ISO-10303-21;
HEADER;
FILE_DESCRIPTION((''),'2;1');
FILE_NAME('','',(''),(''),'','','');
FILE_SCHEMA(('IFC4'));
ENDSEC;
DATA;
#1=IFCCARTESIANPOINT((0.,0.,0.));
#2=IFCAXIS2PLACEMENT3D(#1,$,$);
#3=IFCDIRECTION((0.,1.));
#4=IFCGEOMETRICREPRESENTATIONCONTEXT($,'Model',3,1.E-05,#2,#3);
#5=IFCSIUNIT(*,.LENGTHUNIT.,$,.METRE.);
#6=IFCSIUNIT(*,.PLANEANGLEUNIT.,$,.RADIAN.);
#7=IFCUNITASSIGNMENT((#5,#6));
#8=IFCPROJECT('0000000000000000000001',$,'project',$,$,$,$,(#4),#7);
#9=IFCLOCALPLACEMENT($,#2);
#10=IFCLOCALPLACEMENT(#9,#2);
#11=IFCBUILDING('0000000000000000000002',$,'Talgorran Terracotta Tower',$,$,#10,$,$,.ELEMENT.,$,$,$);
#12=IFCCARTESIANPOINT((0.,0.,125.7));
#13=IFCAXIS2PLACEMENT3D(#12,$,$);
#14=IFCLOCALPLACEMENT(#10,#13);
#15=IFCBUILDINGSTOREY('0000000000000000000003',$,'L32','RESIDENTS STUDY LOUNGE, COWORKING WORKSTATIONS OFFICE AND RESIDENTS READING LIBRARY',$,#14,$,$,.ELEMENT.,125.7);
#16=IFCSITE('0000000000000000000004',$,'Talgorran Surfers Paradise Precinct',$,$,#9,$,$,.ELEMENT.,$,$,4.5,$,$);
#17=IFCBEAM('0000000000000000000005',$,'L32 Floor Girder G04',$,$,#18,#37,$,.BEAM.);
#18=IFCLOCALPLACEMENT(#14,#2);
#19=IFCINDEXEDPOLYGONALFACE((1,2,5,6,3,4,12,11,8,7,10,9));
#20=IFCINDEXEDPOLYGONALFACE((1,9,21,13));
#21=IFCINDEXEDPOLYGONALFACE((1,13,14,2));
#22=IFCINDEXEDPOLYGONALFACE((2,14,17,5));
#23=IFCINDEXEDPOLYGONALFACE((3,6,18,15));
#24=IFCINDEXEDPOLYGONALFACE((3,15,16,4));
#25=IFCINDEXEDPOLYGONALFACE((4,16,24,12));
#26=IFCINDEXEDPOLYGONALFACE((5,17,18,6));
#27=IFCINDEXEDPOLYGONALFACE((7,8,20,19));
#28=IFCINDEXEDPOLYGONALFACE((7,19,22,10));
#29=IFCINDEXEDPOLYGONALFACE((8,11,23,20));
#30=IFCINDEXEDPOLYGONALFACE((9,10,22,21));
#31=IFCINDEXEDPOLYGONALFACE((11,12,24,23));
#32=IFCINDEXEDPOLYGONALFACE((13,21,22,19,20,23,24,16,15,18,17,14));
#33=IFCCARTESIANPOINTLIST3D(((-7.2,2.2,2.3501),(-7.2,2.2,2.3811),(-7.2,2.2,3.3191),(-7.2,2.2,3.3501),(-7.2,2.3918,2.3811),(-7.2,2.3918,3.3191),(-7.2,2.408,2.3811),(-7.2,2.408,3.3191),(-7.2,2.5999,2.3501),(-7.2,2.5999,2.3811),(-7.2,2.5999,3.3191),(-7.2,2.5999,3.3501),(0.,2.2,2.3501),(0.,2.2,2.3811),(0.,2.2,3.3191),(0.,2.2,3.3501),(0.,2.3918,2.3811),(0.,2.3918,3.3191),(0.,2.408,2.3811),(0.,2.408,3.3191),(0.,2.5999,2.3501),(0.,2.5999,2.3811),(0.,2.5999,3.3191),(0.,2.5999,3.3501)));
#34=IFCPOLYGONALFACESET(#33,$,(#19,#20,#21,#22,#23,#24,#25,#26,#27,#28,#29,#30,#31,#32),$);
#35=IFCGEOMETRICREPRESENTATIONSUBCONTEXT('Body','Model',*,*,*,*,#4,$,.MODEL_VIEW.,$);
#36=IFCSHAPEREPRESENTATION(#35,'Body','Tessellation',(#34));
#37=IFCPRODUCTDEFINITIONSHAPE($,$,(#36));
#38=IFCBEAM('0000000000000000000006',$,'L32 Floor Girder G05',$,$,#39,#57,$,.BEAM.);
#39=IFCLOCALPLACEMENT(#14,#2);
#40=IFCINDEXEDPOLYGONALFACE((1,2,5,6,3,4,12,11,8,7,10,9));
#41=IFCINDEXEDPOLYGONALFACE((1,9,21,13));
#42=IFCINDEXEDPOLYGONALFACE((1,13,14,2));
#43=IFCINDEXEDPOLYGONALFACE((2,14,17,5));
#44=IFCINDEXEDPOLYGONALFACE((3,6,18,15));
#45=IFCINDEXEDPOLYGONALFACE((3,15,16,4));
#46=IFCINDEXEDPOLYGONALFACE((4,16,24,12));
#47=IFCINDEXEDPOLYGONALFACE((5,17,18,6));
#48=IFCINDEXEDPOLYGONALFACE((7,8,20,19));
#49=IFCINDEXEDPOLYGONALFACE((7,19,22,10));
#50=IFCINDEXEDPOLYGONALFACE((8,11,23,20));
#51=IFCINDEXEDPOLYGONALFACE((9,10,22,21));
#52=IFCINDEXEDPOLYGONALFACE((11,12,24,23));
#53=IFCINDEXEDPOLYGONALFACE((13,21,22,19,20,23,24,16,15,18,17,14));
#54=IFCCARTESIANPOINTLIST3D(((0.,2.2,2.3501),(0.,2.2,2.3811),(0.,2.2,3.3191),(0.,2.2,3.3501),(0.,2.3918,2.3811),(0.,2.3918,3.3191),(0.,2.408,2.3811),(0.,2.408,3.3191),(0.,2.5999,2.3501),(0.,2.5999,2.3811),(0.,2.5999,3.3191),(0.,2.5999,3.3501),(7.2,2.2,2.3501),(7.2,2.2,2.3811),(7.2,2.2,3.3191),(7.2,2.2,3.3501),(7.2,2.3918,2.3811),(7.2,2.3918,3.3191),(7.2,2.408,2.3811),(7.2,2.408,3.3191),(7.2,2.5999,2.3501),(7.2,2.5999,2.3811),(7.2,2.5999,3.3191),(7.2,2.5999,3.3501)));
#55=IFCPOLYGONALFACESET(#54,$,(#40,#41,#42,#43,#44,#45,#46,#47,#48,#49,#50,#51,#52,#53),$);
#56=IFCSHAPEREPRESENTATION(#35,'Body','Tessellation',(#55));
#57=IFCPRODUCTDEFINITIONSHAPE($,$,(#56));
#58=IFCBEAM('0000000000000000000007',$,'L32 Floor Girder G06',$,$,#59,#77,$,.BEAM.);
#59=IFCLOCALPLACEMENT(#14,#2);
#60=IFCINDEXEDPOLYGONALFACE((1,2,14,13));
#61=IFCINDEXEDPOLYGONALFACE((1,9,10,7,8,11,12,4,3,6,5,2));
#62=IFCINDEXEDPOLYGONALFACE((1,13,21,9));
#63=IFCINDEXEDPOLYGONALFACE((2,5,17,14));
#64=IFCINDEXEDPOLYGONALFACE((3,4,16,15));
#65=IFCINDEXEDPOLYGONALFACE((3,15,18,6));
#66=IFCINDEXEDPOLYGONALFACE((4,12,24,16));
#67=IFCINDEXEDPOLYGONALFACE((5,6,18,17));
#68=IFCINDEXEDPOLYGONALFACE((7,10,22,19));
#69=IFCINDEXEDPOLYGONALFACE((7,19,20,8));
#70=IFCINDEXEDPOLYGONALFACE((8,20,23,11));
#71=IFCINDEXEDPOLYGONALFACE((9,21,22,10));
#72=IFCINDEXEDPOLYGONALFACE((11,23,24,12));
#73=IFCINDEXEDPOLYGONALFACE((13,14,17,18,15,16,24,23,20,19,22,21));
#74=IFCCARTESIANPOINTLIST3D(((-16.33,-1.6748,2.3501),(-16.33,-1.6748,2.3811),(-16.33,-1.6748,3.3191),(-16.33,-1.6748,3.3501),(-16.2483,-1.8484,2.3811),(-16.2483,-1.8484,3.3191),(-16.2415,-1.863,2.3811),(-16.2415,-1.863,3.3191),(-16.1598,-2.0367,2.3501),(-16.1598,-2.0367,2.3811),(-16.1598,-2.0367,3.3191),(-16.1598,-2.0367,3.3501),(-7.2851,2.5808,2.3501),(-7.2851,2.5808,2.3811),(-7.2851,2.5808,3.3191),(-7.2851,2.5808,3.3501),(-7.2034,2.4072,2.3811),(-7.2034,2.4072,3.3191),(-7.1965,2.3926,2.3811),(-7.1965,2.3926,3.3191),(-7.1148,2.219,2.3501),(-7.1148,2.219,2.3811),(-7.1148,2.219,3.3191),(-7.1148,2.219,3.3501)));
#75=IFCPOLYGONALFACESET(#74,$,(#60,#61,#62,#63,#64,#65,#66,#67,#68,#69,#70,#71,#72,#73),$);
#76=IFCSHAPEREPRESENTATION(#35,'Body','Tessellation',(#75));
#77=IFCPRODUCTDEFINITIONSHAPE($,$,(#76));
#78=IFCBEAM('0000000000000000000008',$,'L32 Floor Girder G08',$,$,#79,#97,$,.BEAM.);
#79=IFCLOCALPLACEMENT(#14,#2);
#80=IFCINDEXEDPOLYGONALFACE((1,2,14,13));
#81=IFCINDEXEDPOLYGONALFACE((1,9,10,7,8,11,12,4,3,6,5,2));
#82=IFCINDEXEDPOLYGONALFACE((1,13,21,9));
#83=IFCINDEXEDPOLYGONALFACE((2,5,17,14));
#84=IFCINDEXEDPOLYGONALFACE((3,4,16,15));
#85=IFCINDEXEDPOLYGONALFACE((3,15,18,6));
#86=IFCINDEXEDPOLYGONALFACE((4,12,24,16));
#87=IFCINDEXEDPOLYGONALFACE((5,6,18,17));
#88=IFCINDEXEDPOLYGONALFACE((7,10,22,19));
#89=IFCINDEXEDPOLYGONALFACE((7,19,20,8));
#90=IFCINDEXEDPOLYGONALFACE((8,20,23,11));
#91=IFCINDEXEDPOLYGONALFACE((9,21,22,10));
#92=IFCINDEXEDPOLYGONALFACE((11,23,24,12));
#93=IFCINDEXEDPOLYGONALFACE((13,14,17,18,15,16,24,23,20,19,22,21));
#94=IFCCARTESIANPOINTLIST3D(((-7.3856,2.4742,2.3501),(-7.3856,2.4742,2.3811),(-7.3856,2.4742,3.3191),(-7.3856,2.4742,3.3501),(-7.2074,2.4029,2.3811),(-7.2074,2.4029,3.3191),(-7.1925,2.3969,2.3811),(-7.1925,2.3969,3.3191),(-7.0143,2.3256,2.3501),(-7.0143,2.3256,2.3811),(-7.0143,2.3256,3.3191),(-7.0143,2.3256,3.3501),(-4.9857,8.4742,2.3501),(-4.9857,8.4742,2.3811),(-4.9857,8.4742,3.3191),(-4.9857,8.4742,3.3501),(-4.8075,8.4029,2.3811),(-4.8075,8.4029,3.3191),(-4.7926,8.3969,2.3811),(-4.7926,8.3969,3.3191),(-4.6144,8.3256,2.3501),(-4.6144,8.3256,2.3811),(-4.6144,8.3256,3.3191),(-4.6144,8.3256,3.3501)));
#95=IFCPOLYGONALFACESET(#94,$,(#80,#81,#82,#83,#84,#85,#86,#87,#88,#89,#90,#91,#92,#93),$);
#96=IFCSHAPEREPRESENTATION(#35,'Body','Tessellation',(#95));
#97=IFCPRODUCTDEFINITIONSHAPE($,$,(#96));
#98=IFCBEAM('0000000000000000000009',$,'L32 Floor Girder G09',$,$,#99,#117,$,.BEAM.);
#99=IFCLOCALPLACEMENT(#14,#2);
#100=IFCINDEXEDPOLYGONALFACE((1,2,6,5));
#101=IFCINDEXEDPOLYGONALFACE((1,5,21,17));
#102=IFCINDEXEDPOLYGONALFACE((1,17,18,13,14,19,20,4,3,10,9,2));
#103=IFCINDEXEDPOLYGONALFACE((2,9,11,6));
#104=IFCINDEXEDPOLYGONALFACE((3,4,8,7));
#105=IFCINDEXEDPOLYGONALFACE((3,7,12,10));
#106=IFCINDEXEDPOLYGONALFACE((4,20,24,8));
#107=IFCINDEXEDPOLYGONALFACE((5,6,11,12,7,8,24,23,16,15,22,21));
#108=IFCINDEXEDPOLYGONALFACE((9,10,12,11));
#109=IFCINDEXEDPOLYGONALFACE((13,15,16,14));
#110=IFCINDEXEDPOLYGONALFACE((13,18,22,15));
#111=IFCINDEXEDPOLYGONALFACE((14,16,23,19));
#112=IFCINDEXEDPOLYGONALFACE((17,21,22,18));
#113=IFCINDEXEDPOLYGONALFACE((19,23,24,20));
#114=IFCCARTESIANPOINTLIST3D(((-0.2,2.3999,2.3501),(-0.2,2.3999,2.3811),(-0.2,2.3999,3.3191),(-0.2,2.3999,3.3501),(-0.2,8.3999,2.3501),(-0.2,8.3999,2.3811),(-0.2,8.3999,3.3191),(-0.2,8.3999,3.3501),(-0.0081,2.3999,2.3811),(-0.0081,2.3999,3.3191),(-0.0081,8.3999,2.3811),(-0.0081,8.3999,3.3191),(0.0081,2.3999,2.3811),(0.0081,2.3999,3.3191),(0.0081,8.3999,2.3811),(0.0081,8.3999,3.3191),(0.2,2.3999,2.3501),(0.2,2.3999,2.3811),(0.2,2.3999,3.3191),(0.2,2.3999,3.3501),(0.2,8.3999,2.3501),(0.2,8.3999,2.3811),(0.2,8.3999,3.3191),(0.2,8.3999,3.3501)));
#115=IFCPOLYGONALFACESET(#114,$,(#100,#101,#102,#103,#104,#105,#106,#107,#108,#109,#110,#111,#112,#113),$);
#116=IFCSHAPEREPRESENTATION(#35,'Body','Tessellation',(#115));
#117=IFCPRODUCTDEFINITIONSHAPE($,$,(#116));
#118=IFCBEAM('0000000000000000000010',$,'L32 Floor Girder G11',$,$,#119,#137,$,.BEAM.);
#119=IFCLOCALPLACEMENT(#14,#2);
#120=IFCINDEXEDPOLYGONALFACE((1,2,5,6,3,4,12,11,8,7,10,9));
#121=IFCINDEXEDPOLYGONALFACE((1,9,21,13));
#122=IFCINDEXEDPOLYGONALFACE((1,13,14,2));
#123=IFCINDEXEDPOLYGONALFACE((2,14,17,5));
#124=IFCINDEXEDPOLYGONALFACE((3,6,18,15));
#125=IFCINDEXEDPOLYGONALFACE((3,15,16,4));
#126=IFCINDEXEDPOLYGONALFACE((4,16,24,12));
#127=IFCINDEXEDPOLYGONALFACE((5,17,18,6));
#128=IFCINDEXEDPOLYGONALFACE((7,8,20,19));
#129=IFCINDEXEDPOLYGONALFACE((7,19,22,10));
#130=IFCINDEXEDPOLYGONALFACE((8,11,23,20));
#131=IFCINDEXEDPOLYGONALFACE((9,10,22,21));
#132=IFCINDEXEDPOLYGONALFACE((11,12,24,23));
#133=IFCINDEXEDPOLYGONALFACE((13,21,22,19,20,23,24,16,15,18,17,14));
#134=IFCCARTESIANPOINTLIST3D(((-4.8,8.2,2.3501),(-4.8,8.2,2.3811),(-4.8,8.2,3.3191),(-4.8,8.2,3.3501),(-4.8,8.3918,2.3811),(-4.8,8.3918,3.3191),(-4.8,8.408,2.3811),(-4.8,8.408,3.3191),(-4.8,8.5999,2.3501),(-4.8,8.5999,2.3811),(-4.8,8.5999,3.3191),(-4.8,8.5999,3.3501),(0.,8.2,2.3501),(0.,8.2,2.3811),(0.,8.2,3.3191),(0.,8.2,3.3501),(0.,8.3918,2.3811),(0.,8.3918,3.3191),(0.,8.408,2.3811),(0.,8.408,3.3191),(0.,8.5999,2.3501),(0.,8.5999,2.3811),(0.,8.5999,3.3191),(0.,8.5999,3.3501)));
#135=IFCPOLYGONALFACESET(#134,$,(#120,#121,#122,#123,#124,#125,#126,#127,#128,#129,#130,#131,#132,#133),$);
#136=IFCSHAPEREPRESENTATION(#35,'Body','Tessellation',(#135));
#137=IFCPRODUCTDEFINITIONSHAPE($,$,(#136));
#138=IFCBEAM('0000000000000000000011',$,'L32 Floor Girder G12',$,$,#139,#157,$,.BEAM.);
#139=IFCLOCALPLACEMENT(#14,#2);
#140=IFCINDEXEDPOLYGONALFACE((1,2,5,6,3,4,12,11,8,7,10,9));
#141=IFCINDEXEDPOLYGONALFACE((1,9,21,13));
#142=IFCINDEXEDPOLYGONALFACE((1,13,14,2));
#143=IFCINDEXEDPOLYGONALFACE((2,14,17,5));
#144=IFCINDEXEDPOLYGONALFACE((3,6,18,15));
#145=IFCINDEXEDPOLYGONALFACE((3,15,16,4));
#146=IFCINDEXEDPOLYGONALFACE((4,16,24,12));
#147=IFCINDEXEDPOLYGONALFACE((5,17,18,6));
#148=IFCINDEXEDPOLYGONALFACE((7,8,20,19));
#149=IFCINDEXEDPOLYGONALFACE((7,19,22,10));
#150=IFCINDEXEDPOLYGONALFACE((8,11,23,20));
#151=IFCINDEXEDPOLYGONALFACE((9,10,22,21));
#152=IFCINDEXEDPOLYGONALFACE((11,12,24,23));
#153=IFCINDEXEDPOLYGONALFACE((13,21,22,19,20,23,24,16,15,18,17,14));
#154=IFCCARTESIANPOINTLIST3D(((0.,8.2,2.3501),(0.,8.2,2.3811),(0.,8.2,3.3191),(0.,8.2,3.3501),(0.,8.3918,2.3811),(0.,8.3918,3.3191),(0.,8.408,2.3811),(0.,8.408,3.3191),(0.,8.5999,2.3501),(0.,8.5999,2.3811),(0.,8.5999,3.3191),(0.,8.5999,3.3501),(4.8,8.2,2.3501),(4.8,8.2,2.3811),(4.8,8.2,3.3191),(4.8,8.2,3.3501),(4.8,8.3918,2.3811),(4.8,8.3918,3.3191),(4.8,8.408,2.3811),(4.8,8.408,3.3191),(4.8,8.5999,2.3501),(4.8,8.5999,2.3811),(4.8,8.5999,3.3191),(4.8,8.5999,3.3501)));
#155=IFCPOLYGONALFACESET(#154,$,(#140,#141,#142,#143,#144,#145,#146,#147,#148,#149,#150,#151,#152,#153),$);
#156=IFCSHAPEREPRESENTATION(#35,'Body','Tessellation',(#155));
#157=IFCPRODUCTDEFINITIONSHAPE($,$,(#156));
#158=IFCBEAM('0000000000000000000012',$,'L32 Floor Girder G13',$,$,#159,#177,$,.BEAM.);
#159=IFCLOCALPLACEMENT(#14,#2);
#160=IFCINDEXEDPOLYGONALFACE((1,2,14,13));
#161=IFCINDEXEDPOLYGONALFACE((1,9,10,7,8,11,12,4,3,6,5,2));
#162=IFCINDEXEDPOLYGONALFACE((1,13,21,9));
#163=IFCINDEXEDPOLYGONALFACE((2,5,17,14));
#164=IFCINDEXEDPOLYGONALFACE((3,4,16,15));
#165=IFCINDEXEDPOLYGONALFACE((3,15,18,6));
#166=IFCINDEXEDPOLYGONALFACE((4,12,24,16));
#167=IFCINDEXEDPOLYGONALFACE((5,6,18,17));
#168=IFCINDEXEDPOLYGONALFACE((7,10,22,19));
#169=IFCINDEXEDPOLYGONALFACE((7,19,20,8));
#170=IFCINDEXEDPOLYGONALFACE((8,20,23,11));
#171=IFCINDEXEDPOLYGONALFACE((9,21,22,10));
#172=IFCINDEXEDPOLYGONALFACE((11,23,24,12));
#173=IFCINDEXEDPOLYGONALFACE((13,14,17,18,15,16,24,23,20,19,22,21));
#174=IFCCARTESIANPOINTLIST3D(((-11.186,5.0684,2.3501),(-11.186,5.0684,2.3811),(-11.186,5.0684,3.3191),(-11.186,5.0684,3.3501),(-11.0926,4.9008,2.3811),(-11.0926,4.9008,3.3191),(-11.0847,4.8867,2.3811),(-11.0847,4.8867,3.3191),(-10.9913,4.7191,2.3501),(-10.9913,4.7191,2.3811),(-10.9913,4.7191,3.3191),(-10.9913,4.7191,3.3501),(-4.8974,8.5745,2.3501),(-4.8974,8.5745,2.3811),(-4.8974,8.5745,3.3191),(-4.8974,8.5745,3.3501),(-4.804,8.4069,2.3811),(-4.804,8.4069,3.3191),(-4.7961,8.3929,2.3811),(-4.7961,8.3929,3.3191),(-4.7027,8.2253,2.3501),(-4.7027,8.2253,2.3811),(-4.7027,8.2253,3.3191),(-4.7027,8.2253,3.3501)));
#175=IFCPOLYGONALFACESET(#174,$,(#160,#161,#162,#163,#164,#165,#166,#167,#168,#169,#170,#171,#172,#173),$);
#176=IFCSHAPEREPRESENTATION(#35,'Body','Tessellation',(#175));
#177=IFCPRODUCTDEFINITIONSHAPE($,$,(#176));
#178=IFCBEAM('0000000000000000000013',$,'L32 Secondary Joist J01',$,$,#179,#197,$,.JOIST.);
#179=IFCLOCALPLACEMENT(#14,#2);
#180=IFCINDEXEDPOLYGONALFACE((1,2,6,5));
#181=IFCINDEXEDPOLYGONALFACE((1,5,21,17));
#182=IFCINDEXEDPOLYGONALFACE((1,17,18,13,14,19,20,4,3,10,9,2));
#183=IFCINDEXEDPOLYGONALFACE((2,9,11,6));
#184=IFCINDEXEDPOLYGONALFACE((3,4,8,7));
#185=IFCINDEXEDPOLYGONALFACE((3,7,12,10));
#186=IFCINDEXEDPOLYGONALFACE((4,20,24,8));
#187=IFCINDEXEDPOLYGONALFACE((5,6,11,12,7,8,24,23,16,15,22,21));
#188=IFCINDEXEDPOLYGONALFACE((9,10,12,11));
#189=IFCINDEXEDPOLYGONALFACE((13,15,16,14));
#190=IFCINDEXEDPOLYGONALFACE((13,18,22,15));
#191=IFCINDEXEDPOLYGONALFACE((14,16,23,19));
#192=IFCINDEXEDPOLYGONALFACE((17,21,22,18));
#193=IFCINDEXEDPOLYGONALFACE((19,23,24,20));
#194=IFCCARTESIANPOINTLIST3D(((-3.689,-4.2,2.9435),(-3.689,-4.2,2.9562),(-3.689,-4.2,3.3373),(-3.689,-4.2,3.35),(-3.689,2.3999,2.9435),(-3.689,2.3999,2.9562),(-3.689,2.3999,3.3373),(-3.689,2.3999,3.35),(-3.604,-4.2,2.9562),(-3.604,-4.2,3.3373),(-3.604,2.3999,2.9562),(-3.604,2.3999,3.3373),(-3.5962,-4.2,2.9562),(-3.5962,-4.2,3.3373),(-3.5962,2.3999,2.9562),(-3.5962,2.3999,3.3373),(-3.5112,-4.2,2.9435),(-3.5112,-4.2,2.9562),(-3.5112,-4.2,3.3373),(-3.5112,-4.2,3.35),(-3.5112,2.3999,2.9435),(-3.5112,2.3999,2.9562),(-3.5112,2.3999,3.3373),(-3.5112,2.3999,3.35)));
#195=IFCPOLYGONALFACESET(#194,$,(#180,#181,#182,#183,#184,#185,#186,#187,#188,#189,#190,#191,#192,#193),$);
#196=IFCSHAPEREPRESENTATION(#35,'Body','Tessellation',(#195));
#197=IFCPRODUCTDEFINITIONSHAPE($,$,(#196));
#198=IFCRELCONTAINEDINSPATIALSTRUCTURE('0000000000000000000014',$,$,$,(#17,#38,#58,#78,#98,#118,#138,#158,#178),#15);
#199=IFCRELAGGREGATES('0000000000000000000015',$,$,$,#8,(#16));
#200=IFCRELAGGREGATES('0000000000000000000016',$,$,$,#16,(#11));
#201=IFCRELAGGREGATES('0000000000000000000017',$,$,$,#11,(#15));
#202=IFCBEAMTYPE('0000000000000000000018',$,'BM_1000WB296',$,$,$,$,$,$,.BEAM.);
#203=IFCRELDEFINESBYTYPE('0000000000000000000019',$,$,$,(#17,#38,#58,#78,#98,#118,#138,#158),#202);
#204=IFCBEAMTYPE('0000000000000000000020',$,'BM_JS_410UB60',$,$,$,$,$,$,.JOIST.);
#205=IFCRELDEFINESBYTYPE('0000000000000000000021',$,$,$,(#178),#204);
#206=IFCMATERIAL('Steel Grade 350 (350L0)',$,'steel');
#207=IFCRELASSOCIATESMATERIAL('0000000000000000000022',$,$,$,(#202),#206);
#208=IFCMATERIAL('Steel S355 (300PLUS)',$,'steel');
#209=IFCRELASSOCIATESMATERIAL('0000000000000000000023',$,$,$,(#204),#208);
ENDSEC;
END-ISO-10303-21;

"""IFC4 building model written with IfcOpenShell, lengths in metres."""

from ifc_helpers import new_model, si_unit, direction, frame, origin, origin_2d, place, context, subcontext, project, spatial, i_section, extrude, material, material_profile, profile_set, type_object, element, save


model = new_model("IFC4")

# Units and contexts
model_context = context("Model", 3, precision=1e-05, world=origin(), true_north=direction((0.0, 1.0)))
body_context = subcontext(model_context, "Body", "Model", "MODEL_VIEW")
ifc_project = project(units=[si_unit("LENGTHUNIT", "METRE"), si_unit("PLANEANGLEUNIT", "RADIAN")], contexts=[model_context])

# Site, building, storey
site_placement = place(None, origin())
site = spatial("IfcSite", under=ifc_project, at=site_placement, Name="Talgorran Surfers Paradise Precinct", CompositionType="ELEMENT", RefElevation=4.5)
building_placement = place(site_placement, origin())
building = spatial("IfcBuilding", under=site, at=building_placement, Name="Talgorran Terracotta Tower", CompositionType="ELEMENT")
storey_placement = place(building_placement, frame((0.0, 0.0, 125.7)))
storey = spatial("IfcBuildingStorey", under=building, at=storey_placement, Name="L32", Description="RESIDENTS STUDY LOUNGE, COWORKING WORKSTATIONS OFFICE AND RESIDENTS READING LIBRARY", CompositionType="ELEMENT", Elevation=125.7)

# Shared definitions
ifc_material_1 = material(Name="Steel S355 (300PLUS)", Category="steel")
ifc_material_2 = material(Name="Steel Grade 350 (350L0)", Category="steel")

# Beams
ifc_material_profile_1 = material_profile(ifc_material_2, i_section(OverallWidth=0.3999, OverallDepth=1.0, WebThickness=0.0161, FlangeThickness=0.031, at=origin_2d()), Name="1000WB296")
ifc_profile_set_1 = profile_set([ifc_material_profile_1], Name="Steel Grade 350 (350L0)")
beam_type_1 = type_object("IfcBeamType", Name="BM_1000WB296", PredefinedType="BEAM", material=ifc_profile_set_1)
for number, where, z_axis, x_axis, name in (
    (1, (-7.2, 2.3999, 2.8501), (1.0, 0.0, 0.0), (0.0, 1.0, 0.0), "L32 Floor Girder G04"),
    (2, (0.0, 2.3999, 2.8501), (1.0, 0.0, 0.0), (0.0, 1.0, 0.0), "L32 Floor Girder G05"),
):
    element("IfcBeam", number, at=place(storey_placement, frame(where, z_axis=z_axis, x_axis=x_axis)), inside=storey, type_object=beam_type_1, Name=name, PredefinedType="BEAM", context=body_context, shape_type="SweptSolid", body=[
        extrude(i_section(OverallWidth=0.3999, OverallDepth=1.0, WebThickness=0.0161, FlangeThickness=0.031, at=origin_2d()), origin(), (0.0, 0.0, 1.0), 7.2),
    ])
beam_1_placement = place(storey_placement, frame((-7.2, 2.3999, 2.8501), z_axis=(-0.90485, -0.42573, 0.0), x_axis=(0.42573, -0.90485, 0.0)))
element("IfcBeam", 3, at=beam_1_placement, inside=storey, type_object=beam_type_1, Name="L32 Floor Girder G06", PredefinedType="BEAM", context=body_context, shape_type="SweptSolid", body=[
    extrude(i_section(OverallWidth=0.3999, OverallDepth=1.0, WebThickness=0.0161, FlangeThickness=0.031, at=origin_2d()), origin(), (0.0, 0.0, 1.0), 9.9961),
])
beam_2_placement = place(storey_placement, frame((-7.2, 2.3999, 2.8501), z_axis=(0.371378, 0.928482, 0.0), x_axis=(-0.928482, 0.371378, 0.0)))
element("IfcBeam", 4, at=beam_2_placement, inside=storey, type_object=beam_type_1, Name="L32 Floor Girder G08", PredefinedType="BEAM", context=body_context, shape_type="SweptSolid", body=[
    extrude(i_section(OverallWidth=0.3999, OverallDepth=1.0, WebThickness=0.0161, FlangeThickness=0.031, at=origin_2d()), origin(), (0.0, 0.0, 1.0), 6.4622),
])
beam_3_placement = place(storey_placement, frame((0.0, 2.3999, 2.8501), z_axis=(0.0, 1.0, 0.0), x_axis=(-1.0, 0.0, 0.0)))
element("IfcBeam", 5, at=beam_3_placement, inside=storey, type_object=beam_type_1, Name="L32 Floor Girder G09", PredefinedType="BEAM", context=body_context, shape_type="SweptSolid", body=[
    extrude(i_section(OverallWidth=0.3999, OverallDepth=1.0, WebThickness=0.0161, FlangeThickness=0.031, at=origin_2d()), origin(), (0.0, 0.0, 1.0), 6.0),
])
for number, where, z_axis, x_axis, name in (
    (6, (-4.8, 8.3999, 2.8501), (1.0, 0.0, 0.0), (0.0, 1.0, 0.0), "L32 Floor Girder G11"),
    (7, (0.0, 8.3999, 2.8501), (1.0, 0.0, 0.0), (0.0, 1.0, 0.0), "L32 Floor Girder G12"),
):
    element("IfcBeam", number, at=place(storey_placement, frame(where, z_axis=z_axis, x_axis=x_axis)), inside=storey, type_object=beam_type_1, Name=name, PredefinedType="BEAM", context=body_context, shape_type="SweptSolid", body=[
        extrude(i_section(OverallWidth=0.3999, OverallDepth=1.0, WebThickness=0.0161, FlangeThickness=0.031, at=origin_2d()), origin(), (0.0, 0.0, 1.0), 4.8),
    ])
beam_4_placement = place(storey_placement, frame((-4.8, 8.3999, 2.8501), z_axis=(-0.873422, -0.486964, 0.0), x_axis=(0.486964, -0.873422, 0.0)))
element("IfcBeam", 8, at=beam_4_placement, inside=storey, type_object=beam_type_1, Name="L32 Floor Girder G13", PredefinedType="BEAM", context=body_context, shape_type="SweptSolid", body=[
    extrude(i_section(OverallWidth=0.3999, OverallDepth=1.0, WebThickness=0.0161, FlangeThickness=0.031, at=origin_2d()), origin(), (0.0, 0.0, 1.0), 7.2),
])
ifc_material_profile_2 = material_profile(ifc_material_1, i_section(OverallWidth=0.1777, OverallDepth=0.4065, WebThickness=0.0078, FlangeThickness=0.0127, at=origin_2d()), Name="410UB59.7")
ifc_profile_set_2 = profile_set([ifc_material_profile_2], Name="Steel S355 (300PLUS)")
beam_type_2 = type_object("IfcBeamType", Name="BM_JS_410UB60", PredefinedType="JOIST", material=ifc_profile_set_2)
beam_5_placement = place(storey_placement, frame((-3.6001, -4.2, 3.1467), z_axis=(0.0, 1.0, 0.0), x_axis=(-1.0, 0.0, 0.0)))
element("IfcBeam", 9, at=beam_5_placement, inside=storey, type_object=beam_type_2, Name="L32 Secondary Joist J01", PredefinedType="JOIST", context=body_context, shape_type="SweptSolid", body=[
    extrude(i_section(OverallWidth=0.1777, OverallDepth=0.4065, WebThickness=0.0078, FlangeThickness=0.0127, at=origin_2d()), origin(), (0.0, 0.0, 1.0), 6.5999),
])

save(model, "model.ifc")
